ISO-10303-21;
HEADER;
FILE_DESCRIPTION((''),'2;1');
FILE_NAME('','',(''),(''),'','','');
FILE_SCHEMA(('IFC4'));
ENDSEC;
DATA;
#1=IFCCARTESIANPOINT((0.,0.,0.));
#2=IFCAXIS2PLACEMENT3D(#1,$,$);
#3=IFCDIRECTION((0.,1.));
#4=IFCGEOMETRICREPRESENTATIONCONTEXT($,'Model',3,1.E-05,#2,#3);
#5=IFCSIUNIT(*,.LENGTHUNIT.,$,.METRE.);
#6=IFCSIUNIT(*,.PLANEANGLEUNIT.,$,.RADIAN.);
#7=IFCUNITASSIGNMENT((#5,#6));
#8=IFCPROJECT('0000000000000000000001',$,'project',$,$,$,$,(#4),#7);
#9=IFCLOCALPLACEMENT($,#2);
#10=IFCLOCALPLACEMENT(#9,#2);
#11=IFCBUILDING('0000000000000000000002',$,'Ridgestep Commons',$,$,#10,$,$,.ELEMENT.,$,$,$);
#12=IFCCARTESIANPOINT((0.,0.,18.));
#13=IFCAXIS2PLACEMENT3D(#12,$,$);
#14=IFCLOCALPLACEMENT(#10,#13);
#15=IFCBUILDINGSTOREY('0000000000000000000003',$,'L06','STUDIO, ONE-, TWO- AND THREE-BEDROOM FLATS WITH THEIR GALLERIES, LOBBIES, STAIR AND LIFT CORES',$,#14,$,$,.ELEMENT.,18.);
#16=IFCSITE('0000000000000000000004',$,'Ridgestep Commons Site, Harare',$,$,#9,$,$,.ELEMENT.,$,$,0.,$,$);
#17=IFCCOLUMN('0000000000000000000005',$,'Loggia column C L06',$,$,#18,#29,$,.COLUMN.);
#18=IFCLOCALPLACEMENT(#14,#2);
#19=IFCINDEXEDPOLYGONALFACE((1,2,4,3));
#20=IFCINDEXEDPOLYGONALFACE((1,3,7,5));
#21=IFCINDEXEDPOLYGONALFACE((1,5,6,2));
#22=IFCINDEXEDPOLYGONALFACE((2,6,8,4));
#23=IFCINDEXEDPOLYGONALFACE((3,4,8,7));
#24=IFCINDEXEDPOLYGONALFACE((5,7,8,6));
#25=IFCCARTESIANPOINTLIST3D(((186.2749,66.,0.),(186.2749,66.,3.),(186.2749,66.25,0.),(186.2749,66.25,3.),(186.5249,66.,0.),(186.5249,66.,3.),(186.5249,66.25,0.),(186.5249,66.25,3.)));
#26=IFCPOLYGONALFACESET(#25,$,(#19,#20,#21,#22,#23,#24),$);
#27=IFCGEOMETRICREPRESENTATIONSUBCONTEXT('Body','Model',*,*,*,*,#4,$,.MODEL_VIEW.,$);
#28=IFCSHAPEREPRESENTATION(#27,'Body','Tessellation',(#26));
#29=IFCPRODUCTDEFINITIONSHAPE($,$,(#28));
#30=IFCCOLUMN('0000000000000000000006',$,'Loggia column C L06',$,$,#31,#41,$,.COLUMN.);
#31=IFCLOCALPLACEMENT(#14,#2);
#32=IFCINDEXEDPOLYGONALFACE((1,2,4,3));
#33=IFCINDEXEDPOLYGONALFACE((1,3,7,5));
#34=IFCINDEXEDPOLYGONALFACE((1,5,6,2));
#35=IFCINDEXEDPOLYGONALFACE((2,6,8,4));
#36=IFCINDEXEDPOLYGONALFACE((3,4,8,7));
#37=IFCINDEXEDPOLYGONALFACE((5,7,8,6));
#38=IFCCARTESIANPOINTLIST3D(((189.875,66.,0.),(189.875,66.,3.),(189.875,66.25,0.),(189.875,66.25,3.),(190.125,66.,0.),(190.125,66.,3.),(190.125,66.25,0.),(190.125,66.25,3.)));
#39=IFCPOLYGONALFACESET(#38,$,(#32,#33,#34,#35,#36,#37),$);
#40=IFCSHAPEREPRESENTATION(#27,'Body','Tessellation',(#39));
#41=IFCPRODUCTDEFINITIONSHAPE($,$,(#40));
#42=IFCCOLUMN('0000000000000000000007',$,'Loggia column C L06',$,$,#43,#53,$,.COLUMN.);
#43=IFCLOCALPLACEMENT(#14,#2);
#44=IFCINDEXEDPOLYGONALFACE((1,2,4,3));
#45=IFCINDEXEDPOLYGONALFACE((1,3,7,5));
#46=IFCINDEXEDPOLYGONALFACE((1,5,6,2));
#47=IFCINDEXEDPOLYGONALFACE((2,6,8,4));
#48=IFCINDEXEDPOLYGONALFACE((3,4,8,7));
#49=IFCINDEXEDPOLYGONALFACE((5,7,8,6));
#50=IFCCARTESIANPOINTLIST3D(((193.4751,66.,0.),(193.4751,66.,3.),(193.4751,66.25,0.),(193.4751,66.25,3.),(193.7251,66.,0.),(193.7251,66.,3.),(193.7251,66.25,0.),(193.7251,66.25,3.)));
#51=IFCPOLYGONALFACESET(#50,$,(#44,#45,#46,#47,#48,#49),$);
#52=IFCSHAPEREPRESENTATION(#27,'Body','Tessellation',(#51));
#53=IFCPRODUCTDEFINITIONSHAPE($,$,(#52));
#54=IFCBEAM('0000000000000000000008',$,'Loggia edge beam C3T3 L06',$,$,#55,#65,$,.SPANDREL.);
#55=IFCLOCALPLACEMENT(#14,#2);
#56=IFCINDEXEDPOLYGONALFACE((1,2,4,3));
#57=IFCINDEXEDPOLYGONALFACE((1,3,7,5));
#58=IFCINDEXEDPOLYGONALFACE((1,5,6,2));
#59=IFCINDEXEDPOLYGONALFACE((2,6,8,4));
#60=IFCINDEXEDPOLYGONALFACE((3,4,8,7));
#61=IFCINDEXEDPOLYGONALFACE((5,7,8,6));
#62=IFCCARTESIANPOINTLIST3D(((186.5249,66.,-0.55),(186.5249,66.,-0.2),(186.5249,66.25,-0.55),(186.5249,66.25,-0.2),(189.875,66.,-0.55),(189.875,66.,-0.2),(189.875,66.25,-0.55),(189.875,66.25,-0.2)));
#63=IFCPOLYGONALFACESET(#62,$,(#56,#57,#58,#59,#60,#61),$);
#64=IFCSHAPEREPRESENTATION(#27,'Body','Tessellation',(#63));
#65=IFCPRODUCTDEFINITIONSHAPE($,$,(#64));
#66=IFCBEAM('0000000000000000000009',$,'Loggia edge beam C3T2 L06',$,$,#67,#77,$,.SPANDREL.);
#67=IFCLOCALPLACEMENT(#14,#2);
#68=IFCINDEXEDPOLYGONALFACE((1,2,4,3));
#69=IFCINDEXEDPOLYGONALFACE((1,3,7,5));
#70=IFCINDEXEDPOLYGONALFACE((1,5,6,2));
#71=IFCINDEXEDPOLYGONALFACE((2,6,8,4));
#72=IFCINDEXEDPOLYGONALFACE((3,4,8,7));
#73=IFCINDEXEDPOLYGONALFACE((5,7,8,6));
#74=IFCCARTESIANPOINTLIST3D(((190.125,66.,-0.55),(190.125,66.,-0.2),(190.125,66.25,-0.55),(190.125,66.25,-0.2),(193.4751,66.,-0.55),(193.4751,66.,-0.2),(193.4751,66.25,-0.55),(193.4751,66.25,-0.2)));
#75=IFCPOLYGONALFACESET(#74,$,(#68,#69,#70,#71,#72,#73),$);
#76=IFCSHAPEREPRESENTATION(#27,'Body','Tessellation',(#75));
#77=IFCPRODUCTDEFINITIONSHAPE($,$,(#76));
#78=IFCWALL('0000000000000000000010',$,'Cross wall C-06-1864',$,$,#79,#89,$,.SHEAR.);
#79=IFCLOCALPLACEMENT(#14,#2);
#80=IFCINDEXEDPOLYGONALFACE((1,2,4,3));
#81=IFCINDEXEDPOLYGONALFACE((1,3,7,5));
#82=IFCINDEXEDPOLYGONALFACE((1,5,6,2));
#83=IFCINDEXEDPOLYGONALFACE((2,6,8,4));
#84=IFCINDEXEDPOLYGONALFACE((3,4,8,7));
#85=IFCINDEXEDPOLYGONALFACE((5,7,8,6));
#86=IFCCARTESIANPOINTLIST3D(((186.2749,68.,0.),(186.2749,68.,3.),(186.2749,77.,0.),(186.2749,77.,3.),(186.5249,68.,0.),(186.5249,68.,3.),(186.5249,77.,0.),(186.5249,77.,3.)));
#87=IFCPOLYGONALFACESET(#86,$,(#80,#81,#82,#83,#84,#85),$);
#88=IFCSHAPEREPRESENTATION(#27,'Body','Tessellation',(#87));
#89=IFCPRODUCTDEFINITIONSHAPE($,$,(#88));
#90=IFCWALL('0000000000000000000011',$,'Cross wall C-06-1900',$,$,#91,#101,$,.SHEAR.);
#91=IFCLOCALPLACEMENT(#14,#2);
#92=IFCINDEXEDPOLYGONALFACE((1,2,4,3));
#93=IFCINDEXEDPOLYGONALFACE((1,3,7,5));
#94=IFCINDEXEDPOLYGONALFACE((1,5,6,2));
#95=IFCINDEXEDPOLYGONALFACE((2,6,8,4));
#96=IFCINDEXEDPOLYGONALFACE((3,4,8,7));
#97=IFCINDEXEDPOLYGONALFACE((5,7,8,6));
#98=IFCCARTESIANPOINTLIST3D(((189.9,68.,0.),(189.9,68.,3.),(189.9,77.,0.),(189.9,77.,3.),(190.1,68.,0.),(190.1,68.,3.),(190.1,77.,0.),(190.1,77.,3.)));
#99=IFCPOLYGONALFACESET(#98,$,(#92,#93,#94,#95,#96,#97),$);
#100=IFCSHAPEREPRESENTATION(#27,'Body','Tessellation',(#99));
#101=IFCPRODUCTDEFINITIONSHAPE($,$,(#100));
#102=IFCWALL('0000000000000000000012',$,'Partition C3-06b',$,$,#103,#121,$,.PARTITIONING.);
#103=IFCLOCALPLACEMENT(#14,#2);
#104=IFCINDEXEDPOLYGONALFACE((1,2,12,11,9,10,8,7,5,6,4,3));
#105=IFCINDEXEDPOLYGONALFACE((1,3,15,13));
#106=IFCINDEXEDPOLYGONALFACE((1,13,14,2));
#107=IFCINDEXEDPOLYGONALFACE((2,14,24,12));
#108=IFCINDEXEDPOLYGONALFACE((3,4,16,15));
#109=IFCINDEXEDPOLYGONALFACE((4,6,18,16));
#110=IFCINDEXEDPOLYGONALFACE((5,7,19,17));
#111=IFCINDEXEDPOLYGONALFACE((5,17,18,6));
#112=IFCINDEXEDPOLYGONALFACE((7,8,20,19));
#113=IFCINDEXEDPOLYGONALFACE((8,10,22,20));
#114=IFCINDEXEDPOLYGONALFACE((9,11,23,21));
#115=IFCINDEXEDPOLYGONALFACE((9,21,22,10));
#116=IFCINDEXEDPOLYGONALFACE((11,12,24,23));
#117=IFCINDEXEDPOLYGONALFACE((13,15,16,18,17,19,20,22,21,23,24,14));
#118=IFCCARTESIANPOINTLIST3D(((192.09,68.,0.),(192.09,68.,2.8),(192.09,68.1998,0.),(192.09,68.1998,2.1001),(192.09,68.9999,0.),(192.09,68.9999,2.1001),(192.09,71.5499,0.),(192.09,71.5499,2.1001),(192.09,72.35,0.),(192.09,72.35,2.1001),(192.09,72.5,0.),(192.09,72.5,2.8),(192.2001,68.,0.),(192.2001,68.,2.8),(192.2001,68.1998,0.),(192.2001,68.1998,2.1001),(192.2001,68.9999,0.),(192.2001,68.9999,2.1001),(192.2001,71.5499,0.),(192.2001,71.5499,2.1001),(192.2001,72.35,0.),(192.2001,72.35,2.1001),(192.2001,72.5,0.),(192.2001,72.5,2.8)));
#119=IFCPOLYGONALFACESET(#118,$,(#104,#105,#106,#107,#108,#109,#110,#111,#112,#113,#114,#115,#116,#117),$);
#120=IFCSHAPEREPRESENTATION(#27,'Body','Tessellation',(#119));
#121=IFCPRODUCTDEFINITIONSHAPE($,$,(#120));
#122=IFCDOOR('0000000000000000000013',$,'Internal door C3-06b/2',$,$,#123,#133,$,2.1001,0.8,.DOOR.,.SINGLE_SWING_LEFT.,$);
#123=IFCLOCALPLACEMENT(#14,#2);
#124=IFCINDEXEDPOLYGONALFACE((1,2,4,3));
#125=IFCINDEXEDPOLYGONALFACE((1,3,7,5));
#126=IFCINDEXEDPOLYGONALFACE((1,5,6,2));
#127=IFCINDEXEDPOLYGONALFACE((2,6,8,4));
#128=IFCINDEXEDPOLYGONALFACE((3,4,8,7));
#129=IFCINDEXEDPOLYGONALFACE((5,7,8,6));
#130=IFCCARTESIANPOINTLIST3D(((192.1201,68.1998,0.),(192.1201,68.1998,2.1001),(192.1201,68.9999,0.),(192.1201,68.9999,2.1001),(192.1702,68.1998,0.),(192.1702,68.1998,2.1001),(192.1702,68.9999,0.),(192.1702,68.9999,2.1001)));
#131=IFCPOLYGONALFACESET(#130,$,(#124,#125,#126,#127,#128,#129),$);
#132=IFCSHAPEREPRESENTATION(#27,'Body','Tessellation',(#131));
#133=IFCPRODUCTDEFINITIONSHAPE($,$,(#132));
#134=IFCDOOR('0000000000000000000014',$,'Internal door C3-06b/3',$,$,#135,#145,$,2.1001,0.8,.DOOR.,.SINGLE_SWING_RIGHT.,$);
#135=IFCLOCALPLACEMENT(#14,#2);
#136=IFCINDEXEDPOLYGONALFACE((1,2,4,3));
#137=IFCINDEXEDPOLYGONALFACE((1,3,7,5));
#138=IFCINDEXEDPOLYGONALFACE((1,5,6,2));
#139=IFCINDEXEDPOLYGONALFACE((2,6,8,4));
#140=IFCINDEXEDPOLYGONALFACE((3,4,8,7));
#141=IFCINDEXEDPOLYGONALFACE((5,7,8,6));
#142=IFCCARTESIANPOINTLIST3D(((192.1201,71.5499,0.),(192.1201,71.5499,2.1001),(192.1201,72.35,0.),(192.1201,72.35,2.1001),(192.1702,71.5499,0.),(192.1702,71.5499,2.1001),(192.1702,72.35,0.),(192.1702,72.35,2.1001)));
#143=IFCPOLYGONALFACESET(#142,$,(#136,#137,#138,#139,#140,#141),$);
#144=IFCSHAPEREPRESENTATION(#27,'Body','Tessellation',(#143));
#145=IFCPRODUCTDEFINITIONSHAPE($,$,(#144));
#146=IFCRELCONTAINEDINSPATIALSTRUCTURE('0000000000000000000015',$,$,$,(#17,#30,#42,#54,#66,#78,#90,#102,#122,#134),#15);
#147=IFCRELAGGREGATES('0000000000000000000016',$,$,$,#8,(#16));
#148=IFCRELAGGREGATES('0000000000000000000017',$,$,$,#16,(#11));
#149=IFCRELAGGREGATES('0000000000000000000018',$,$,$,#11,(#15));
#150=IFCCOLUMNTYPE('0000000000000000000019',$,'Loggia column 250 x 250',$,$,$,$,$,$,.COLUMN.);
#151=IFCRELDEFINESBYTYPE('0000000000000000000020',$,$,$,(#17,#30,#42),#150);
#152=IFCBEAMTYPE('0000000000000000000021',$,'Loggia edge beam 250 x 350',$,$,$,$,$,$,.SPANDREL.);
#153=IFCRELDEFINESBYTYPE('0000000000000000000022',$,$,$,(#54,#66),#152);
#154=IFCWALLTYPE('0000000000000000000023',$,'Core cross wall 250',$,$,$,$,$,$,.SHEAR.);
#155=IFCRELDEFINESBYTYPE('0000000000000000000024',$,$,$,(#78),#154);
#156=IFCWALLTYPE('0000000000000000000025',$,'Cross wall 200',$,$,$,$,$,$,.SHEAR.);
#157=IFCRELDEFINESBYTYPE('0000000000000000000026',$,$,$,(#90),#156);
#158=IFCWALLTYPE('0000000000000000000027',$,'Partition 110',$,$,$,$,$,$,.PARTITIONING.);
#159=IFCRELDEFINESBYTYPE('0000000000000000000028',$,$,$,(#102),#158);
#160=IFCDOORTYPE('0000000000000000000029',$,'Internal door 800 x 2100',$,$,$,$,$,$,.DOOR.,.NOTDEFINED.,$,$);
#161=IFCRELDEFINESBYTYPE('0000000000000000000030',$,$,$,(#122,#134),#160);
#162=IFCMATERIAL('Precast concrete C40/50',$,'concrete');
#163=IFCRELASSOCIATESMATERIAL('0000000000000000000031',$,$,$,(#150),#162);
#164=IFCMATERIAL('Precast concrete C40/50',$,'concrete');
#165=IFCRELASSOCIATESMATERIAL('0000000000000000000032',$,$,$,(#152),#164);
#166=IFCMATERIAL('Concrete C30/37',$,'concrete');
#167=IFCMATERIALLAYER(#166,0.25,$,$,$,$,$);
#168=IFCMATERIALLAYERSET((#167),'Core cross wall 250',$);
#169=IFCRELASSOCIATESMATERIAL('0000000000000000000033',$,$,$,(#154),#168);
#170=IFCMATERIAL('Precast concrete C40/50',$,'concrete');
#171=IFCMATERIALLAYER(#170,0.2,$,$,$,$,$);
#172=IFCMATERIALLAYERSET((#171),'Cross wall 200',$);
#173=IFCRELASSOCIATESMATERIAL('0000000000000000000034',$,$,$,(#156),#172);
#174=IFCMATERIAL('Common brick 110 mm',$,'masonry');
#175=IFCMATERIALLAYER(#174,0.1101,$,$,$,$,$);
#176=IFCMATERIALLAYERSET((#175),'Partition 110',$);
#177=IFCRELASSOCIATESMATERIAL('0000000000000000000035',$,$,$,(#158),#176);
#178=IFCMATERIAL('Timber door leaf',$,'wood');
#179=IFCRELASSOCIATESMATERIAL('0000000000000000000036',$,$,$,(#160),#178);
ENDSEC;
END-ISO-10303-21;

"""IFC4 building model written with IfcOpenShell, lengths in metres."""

from ifc_helpers import new_model, si_unit, direction, frame, frame_2d, origin, origin_2d, place, context, subcontext, project, spatial, rectangle, extrude, material, layer, layer_set, material_profile, profile_set, type_object, element, fill, save


model = new_model("IFC4")

# Units and contexts
model_context = context("Model", 3, precision=1e-05, world=origin(), true_north=direction((0.0, 1.0)))
body_context = subcontext(model_context, "Body", "Model", "MODEL_VIEW")
ifc_project = project(units=[si_unit("LENGTHUNIT", "METRE"), si_unit("PLANEANGLEUNIT", "RADIAN")], contexts=[model_context])

# Site, building, storey
site_placement = place(None, origin())
site = spatial("IfcSite", under=ifc_project, at=site_placement, Name="Ridgestep Commons Site, Harare", CompositionType="ELEMENT", RefElevation=0.0)
building_placement = place(site_placement, origin())
building = spatial("IfcBuilding", under=site, at=building_placement, Name="Ridgestep Commons", CompositionType="ELEMENT")
storey_placement = place(building_placement, frame((0.0, 0.0, 18.0)))
storey = spatial("IfcBuildingStorey", under=building, at=storey_placement, Name="L06", Description="STUDIO, ONE-, TWO- AND THREE-BEDROOM FLATS WITH THEIR GALLERIES, LOBBIES, STAIR AND LIFT CORES", CompositionType="ELEMENT", Elevation=18.0)

# Columns
ifc_material_1 = material(Name="Precast concrete C40/50", Category="concrete")
ifc_material_profile_1 = material_profile(ifc_material_1, rectangle(XDim=0.25, YDim=0.25, at=origin_2d()), Name="PC 250x250")
ifc_profile_set_1 = profile_set([ifc_material_profile_1], Name="Precast concrete C40/50")
column_type = type_object("IfcColumnType", Name="Loggia column 250 x 250", PredefinedType="COLUMN", material=ifc_profile_set_1)
for number, where, z_axis, x_axis, name in (
    (1, (186.3999, 66.125, 0.0), (0.0, 0.0, 1.0), (1.0, 0.0, 0.0), "Loggia column C L06"),
    (2, (190.0, 66.125, 0.0), (0.0, 0.0, 1.0), (1.0, 0.0, 0.0), "Loggia column C L06"),
    (3, (193.6001, 66.125, 0.0), (0.0, 0.0, 1.0), (1.0, 0.0, 0.0), "Loggia column C L06"),
):
    element("IfcColumn", number, at=place(storey_placement, frame(where, z_axis=z_axis, x_axis=x_axis)), inside=storey, type_object=column_type, Name=name, PredefinedType="COLUMN", context=body_context, shape_type="SweptSolid", body=[
        extrude(rectangle(XDim=0.25, YDim=0.25, at=origin_2d()), origin(), (0.0, 0.0, 1.0), 3.0),
    ])

# Beams
ifc_material_2 = material(Name="Precast concrete C40/50", Category="concrete")
ifc_material_profile_2 = material_profile(ifc_material_2, rectangle(XDim=0.25, YDim=0.3501, at=origin_2d()), Name="PC 250x350")
ifc_profile_set_2 = profile_set([ifc_material_profile_2], Name="Precast concrete C40/50")
beam_type = type_object("IfcBeamType", Name="Loggia edge beam 250 x 350", PredefinedType="SPANDREL", material=ifc_profile_set_2)
for number, where, z_axis, x_axis, name in (
    (4, (186.5249, 66.125, -0.375), (1.0, 0.0, 0.0), (0.0, 1.0, 0.0), "Loggia edge beam C3T3 L06"),
    (5, (190.125, 66.125, -0.375), (1.0, 0.0, 0.0), (0.0, 1.0, 0.0), "Loggia edge beam C3T2 L06"),
):
    element("IfcBeam", number, at=place(storey_placement, frame(where, z_axis=z_axis, x_axis=x_axis)), inside=storey, type_object=beam_type, Name=name, PredefinedType="SPANDREL", context=body_context, shape_type="SweptSolid", body=[
        extrude(rectangle(XDim=0.25, YDim=0.3501, at=origin_2d()), origin(), (0.0, 0.0, 1.0), 3.3501),
    ])

# Walls
ifc_material_3 = material(Name="Concrete C30/37", Category="concrete")
ifc_layer_1 = layer(ifc_material_3, 0.25)
ifc_layer_set_1 = layer_set([ifc_layer_1], Name="Core cross wall 250")
wall_type_1 = type_object("IfcWallType", Name="Core cross wall 250", PredefinedType="SHEAR", material=ifc_layer_set_1)
wall_1_placement = place(storey_placement, frame((186.3999, 68.0, 0.0), z_axis=(0.0, 0.0, 1.0), x_axis=(0.0, 1.0, 0.0)))
element("IfcWall", 6, at=wall_1_placement, inside=storey, type_object=wall_type_1, Name="Cross wall C-06-1864", PredefinedType="SHEAR", context=body_context, shape_type="SweptSolid", body=[
    extrude(rectangle(XDim=9.0, YDim=0.25, at=frame_2d((4.5, 0.0))), origin(), (0.0, 0.0, 1.0), 3.0),
])
ifc_material_4 = material(Name="Precast concrete C40/50", Category="concrete")
ifc_layer_2 = layer(ifc_material_4, 0.2)
ifc_layer_set_2 = layer_set([ifc_layer_2], Name="Cross wall 200")
wall_type_2 = type_object("IfcWallType", Name="Cross wall 200", PredefinedType="SHEAR", material=ifc_layer_set_2)
wall_2_placement = place(storey_placement, frame((190.0, 68.0, 0.0), z_axis=(0.0, 0.0, 1.0), x_axis=(0.0, 1.0, 0.0)))
element("IfcWall", 7, at=wall_2_placement, inside=storey, type_object=wall_type_2, Name="Cross wall C-06-1900", PredefinedType="SHEAR", context=body_context, shape_type="SweptSolid", body=[
    extrude(rectangle(XDim=9.0, YDim=0.2, at=frame_2d((4.5, 0.0))), origin(), (0.0, 0.0, 1.0), 3.0),
])

# Wall, openings, doors
ifc_material_5 = material(Name="Common brick 110 mm", Category="masonry")
ifc_layer_3 = layer(ifc_material_5, 0.1101)
ifc_layer_set_3 = layer_set([ifc_layer_3], Name="Partition 110")
wall_type_3 = type_object("IfcWallType", Name="Partition 110", PredefinedType="PARTITIONING", material=ifc_layer_set_3)
wall_3_placement = place(storey_placement, frame((192.145, 68.0, 0.0), z_axis=(0.0, 0.0, 1.0), x_axis=(0.0, 1.0, 0.0)))
wall_3 = element("IfcWall", 8, at=wall_3_placement, inside=storey, type_object=wall_type_3, Name="Partition C3-06b", PredefinedType="PARTITIONING", context=body_context, shape_type="SweptSolid", body=[
    extrude(rectangle(XDim=4.5, YDim=0.1101, at=frame_2d((2.25, 0.0))), origin(), (0.0, 0.0, 1.0), 2.8),
])
opening_1_placement = place(wall_3_placement, frame((0.2, 0.0, 0.0)))
opening_1 = element("IfcOpeningElement", 9, at=opening_1_placement, cuts=wall_3, PredefinedType="OPENING", context=body_context, shape_type="SweptSolid", body=[
    extrude(rectangle(XDim=0.8, YDim=2.1001, at=frame_2d((0.3999, 1.05))), frame((0.0, 0.0649, 0.0), z_axis=(0.0, -1.0, 0.0), x_axis=(1.0, 0.0, 0.0)), (0.0, 0.0, 1.0), 0.1301),
])
opening_2_placement = place(wall_3_placement, frame((3.55, 0.0, 0.0)))
opening_2 = element("IfcOpeningElement", 10, at=opening_2_placement, cuts=wall_3, PredefinedType="OPENING", context=body_context, shape_type="SweptSolid", body=[
    extrude(rectangle(XDim=0.8, YDim=2.1001, at=frame_2d((0.3999, 1.05))), frame((0.0, 0.0649, 0.0), z_axis=(0.0, -1.0, 0.0), x_axis=(1.0, 0.0, 0.0)), (0.0, 0.0, 1.0), 0.1301),
])
ifc_material_6 = material(Name="Timber door leaf", Category="wood")
door_type_1 = type_object("IfcDoorType", Name="Internal door 800 x 2100", OperationType="NOTDEFINED", PredefinedType="DOOR", material=ifc_material_6)
door_1_placement = place(opening_1_placement, origin())
door_1 = element("IfcDoor", 11, at=door_1_placement, inside=storey, type_object=door_type_1, Name="Internal door C3-06b/2", OperationType="SINGLE_SWING_LEFT", OverallHeight=2.1001, OverallWidth=0.8, PredefinedType="DOOR", context=body_context, shape_type="SweptSolid", body=[
    extrude(rectangle(XDim=0.8, YDim=2.1001, at=frame_2d((0.3999, 1.05))), frame((0.0, 0.0249, 0.0), z_axis=(0.0, -1.0, 0.0), x_axis=(1.0, 0.0, 0.0)), (0.0, 0.0, 1.0), 0.05),
])
fill(opening_1, door_1)
door_2_placement = place(opening_2_placement, origin())
door_2 = element("IfcDoor", 12, at=door_2_placement, inside=storey, type_object=door_type_1, Name="Internal door C3-06b/3", OperationType="SINGLE_SWING_RIGHT", OverallHeight=2.1001, OverallWidth=0.8, PredefinedType="DOOR", context=body_context, shape_type="SweptSolid", body=[
    extrude(rectangle(XDim=0.8, YDim=2.1001, at=frame_2d((0.3999, 1.05))), frame((0.0, 0.0249, 0.0), z_axis=(0.0, -1.0, 0.0), x_axis=(1.0, 0.0, 0.0)), (0.0, 0.0, 1.0), 0.05),
])
fill(opening_2, door_2)

save(model, "model.ifc")
